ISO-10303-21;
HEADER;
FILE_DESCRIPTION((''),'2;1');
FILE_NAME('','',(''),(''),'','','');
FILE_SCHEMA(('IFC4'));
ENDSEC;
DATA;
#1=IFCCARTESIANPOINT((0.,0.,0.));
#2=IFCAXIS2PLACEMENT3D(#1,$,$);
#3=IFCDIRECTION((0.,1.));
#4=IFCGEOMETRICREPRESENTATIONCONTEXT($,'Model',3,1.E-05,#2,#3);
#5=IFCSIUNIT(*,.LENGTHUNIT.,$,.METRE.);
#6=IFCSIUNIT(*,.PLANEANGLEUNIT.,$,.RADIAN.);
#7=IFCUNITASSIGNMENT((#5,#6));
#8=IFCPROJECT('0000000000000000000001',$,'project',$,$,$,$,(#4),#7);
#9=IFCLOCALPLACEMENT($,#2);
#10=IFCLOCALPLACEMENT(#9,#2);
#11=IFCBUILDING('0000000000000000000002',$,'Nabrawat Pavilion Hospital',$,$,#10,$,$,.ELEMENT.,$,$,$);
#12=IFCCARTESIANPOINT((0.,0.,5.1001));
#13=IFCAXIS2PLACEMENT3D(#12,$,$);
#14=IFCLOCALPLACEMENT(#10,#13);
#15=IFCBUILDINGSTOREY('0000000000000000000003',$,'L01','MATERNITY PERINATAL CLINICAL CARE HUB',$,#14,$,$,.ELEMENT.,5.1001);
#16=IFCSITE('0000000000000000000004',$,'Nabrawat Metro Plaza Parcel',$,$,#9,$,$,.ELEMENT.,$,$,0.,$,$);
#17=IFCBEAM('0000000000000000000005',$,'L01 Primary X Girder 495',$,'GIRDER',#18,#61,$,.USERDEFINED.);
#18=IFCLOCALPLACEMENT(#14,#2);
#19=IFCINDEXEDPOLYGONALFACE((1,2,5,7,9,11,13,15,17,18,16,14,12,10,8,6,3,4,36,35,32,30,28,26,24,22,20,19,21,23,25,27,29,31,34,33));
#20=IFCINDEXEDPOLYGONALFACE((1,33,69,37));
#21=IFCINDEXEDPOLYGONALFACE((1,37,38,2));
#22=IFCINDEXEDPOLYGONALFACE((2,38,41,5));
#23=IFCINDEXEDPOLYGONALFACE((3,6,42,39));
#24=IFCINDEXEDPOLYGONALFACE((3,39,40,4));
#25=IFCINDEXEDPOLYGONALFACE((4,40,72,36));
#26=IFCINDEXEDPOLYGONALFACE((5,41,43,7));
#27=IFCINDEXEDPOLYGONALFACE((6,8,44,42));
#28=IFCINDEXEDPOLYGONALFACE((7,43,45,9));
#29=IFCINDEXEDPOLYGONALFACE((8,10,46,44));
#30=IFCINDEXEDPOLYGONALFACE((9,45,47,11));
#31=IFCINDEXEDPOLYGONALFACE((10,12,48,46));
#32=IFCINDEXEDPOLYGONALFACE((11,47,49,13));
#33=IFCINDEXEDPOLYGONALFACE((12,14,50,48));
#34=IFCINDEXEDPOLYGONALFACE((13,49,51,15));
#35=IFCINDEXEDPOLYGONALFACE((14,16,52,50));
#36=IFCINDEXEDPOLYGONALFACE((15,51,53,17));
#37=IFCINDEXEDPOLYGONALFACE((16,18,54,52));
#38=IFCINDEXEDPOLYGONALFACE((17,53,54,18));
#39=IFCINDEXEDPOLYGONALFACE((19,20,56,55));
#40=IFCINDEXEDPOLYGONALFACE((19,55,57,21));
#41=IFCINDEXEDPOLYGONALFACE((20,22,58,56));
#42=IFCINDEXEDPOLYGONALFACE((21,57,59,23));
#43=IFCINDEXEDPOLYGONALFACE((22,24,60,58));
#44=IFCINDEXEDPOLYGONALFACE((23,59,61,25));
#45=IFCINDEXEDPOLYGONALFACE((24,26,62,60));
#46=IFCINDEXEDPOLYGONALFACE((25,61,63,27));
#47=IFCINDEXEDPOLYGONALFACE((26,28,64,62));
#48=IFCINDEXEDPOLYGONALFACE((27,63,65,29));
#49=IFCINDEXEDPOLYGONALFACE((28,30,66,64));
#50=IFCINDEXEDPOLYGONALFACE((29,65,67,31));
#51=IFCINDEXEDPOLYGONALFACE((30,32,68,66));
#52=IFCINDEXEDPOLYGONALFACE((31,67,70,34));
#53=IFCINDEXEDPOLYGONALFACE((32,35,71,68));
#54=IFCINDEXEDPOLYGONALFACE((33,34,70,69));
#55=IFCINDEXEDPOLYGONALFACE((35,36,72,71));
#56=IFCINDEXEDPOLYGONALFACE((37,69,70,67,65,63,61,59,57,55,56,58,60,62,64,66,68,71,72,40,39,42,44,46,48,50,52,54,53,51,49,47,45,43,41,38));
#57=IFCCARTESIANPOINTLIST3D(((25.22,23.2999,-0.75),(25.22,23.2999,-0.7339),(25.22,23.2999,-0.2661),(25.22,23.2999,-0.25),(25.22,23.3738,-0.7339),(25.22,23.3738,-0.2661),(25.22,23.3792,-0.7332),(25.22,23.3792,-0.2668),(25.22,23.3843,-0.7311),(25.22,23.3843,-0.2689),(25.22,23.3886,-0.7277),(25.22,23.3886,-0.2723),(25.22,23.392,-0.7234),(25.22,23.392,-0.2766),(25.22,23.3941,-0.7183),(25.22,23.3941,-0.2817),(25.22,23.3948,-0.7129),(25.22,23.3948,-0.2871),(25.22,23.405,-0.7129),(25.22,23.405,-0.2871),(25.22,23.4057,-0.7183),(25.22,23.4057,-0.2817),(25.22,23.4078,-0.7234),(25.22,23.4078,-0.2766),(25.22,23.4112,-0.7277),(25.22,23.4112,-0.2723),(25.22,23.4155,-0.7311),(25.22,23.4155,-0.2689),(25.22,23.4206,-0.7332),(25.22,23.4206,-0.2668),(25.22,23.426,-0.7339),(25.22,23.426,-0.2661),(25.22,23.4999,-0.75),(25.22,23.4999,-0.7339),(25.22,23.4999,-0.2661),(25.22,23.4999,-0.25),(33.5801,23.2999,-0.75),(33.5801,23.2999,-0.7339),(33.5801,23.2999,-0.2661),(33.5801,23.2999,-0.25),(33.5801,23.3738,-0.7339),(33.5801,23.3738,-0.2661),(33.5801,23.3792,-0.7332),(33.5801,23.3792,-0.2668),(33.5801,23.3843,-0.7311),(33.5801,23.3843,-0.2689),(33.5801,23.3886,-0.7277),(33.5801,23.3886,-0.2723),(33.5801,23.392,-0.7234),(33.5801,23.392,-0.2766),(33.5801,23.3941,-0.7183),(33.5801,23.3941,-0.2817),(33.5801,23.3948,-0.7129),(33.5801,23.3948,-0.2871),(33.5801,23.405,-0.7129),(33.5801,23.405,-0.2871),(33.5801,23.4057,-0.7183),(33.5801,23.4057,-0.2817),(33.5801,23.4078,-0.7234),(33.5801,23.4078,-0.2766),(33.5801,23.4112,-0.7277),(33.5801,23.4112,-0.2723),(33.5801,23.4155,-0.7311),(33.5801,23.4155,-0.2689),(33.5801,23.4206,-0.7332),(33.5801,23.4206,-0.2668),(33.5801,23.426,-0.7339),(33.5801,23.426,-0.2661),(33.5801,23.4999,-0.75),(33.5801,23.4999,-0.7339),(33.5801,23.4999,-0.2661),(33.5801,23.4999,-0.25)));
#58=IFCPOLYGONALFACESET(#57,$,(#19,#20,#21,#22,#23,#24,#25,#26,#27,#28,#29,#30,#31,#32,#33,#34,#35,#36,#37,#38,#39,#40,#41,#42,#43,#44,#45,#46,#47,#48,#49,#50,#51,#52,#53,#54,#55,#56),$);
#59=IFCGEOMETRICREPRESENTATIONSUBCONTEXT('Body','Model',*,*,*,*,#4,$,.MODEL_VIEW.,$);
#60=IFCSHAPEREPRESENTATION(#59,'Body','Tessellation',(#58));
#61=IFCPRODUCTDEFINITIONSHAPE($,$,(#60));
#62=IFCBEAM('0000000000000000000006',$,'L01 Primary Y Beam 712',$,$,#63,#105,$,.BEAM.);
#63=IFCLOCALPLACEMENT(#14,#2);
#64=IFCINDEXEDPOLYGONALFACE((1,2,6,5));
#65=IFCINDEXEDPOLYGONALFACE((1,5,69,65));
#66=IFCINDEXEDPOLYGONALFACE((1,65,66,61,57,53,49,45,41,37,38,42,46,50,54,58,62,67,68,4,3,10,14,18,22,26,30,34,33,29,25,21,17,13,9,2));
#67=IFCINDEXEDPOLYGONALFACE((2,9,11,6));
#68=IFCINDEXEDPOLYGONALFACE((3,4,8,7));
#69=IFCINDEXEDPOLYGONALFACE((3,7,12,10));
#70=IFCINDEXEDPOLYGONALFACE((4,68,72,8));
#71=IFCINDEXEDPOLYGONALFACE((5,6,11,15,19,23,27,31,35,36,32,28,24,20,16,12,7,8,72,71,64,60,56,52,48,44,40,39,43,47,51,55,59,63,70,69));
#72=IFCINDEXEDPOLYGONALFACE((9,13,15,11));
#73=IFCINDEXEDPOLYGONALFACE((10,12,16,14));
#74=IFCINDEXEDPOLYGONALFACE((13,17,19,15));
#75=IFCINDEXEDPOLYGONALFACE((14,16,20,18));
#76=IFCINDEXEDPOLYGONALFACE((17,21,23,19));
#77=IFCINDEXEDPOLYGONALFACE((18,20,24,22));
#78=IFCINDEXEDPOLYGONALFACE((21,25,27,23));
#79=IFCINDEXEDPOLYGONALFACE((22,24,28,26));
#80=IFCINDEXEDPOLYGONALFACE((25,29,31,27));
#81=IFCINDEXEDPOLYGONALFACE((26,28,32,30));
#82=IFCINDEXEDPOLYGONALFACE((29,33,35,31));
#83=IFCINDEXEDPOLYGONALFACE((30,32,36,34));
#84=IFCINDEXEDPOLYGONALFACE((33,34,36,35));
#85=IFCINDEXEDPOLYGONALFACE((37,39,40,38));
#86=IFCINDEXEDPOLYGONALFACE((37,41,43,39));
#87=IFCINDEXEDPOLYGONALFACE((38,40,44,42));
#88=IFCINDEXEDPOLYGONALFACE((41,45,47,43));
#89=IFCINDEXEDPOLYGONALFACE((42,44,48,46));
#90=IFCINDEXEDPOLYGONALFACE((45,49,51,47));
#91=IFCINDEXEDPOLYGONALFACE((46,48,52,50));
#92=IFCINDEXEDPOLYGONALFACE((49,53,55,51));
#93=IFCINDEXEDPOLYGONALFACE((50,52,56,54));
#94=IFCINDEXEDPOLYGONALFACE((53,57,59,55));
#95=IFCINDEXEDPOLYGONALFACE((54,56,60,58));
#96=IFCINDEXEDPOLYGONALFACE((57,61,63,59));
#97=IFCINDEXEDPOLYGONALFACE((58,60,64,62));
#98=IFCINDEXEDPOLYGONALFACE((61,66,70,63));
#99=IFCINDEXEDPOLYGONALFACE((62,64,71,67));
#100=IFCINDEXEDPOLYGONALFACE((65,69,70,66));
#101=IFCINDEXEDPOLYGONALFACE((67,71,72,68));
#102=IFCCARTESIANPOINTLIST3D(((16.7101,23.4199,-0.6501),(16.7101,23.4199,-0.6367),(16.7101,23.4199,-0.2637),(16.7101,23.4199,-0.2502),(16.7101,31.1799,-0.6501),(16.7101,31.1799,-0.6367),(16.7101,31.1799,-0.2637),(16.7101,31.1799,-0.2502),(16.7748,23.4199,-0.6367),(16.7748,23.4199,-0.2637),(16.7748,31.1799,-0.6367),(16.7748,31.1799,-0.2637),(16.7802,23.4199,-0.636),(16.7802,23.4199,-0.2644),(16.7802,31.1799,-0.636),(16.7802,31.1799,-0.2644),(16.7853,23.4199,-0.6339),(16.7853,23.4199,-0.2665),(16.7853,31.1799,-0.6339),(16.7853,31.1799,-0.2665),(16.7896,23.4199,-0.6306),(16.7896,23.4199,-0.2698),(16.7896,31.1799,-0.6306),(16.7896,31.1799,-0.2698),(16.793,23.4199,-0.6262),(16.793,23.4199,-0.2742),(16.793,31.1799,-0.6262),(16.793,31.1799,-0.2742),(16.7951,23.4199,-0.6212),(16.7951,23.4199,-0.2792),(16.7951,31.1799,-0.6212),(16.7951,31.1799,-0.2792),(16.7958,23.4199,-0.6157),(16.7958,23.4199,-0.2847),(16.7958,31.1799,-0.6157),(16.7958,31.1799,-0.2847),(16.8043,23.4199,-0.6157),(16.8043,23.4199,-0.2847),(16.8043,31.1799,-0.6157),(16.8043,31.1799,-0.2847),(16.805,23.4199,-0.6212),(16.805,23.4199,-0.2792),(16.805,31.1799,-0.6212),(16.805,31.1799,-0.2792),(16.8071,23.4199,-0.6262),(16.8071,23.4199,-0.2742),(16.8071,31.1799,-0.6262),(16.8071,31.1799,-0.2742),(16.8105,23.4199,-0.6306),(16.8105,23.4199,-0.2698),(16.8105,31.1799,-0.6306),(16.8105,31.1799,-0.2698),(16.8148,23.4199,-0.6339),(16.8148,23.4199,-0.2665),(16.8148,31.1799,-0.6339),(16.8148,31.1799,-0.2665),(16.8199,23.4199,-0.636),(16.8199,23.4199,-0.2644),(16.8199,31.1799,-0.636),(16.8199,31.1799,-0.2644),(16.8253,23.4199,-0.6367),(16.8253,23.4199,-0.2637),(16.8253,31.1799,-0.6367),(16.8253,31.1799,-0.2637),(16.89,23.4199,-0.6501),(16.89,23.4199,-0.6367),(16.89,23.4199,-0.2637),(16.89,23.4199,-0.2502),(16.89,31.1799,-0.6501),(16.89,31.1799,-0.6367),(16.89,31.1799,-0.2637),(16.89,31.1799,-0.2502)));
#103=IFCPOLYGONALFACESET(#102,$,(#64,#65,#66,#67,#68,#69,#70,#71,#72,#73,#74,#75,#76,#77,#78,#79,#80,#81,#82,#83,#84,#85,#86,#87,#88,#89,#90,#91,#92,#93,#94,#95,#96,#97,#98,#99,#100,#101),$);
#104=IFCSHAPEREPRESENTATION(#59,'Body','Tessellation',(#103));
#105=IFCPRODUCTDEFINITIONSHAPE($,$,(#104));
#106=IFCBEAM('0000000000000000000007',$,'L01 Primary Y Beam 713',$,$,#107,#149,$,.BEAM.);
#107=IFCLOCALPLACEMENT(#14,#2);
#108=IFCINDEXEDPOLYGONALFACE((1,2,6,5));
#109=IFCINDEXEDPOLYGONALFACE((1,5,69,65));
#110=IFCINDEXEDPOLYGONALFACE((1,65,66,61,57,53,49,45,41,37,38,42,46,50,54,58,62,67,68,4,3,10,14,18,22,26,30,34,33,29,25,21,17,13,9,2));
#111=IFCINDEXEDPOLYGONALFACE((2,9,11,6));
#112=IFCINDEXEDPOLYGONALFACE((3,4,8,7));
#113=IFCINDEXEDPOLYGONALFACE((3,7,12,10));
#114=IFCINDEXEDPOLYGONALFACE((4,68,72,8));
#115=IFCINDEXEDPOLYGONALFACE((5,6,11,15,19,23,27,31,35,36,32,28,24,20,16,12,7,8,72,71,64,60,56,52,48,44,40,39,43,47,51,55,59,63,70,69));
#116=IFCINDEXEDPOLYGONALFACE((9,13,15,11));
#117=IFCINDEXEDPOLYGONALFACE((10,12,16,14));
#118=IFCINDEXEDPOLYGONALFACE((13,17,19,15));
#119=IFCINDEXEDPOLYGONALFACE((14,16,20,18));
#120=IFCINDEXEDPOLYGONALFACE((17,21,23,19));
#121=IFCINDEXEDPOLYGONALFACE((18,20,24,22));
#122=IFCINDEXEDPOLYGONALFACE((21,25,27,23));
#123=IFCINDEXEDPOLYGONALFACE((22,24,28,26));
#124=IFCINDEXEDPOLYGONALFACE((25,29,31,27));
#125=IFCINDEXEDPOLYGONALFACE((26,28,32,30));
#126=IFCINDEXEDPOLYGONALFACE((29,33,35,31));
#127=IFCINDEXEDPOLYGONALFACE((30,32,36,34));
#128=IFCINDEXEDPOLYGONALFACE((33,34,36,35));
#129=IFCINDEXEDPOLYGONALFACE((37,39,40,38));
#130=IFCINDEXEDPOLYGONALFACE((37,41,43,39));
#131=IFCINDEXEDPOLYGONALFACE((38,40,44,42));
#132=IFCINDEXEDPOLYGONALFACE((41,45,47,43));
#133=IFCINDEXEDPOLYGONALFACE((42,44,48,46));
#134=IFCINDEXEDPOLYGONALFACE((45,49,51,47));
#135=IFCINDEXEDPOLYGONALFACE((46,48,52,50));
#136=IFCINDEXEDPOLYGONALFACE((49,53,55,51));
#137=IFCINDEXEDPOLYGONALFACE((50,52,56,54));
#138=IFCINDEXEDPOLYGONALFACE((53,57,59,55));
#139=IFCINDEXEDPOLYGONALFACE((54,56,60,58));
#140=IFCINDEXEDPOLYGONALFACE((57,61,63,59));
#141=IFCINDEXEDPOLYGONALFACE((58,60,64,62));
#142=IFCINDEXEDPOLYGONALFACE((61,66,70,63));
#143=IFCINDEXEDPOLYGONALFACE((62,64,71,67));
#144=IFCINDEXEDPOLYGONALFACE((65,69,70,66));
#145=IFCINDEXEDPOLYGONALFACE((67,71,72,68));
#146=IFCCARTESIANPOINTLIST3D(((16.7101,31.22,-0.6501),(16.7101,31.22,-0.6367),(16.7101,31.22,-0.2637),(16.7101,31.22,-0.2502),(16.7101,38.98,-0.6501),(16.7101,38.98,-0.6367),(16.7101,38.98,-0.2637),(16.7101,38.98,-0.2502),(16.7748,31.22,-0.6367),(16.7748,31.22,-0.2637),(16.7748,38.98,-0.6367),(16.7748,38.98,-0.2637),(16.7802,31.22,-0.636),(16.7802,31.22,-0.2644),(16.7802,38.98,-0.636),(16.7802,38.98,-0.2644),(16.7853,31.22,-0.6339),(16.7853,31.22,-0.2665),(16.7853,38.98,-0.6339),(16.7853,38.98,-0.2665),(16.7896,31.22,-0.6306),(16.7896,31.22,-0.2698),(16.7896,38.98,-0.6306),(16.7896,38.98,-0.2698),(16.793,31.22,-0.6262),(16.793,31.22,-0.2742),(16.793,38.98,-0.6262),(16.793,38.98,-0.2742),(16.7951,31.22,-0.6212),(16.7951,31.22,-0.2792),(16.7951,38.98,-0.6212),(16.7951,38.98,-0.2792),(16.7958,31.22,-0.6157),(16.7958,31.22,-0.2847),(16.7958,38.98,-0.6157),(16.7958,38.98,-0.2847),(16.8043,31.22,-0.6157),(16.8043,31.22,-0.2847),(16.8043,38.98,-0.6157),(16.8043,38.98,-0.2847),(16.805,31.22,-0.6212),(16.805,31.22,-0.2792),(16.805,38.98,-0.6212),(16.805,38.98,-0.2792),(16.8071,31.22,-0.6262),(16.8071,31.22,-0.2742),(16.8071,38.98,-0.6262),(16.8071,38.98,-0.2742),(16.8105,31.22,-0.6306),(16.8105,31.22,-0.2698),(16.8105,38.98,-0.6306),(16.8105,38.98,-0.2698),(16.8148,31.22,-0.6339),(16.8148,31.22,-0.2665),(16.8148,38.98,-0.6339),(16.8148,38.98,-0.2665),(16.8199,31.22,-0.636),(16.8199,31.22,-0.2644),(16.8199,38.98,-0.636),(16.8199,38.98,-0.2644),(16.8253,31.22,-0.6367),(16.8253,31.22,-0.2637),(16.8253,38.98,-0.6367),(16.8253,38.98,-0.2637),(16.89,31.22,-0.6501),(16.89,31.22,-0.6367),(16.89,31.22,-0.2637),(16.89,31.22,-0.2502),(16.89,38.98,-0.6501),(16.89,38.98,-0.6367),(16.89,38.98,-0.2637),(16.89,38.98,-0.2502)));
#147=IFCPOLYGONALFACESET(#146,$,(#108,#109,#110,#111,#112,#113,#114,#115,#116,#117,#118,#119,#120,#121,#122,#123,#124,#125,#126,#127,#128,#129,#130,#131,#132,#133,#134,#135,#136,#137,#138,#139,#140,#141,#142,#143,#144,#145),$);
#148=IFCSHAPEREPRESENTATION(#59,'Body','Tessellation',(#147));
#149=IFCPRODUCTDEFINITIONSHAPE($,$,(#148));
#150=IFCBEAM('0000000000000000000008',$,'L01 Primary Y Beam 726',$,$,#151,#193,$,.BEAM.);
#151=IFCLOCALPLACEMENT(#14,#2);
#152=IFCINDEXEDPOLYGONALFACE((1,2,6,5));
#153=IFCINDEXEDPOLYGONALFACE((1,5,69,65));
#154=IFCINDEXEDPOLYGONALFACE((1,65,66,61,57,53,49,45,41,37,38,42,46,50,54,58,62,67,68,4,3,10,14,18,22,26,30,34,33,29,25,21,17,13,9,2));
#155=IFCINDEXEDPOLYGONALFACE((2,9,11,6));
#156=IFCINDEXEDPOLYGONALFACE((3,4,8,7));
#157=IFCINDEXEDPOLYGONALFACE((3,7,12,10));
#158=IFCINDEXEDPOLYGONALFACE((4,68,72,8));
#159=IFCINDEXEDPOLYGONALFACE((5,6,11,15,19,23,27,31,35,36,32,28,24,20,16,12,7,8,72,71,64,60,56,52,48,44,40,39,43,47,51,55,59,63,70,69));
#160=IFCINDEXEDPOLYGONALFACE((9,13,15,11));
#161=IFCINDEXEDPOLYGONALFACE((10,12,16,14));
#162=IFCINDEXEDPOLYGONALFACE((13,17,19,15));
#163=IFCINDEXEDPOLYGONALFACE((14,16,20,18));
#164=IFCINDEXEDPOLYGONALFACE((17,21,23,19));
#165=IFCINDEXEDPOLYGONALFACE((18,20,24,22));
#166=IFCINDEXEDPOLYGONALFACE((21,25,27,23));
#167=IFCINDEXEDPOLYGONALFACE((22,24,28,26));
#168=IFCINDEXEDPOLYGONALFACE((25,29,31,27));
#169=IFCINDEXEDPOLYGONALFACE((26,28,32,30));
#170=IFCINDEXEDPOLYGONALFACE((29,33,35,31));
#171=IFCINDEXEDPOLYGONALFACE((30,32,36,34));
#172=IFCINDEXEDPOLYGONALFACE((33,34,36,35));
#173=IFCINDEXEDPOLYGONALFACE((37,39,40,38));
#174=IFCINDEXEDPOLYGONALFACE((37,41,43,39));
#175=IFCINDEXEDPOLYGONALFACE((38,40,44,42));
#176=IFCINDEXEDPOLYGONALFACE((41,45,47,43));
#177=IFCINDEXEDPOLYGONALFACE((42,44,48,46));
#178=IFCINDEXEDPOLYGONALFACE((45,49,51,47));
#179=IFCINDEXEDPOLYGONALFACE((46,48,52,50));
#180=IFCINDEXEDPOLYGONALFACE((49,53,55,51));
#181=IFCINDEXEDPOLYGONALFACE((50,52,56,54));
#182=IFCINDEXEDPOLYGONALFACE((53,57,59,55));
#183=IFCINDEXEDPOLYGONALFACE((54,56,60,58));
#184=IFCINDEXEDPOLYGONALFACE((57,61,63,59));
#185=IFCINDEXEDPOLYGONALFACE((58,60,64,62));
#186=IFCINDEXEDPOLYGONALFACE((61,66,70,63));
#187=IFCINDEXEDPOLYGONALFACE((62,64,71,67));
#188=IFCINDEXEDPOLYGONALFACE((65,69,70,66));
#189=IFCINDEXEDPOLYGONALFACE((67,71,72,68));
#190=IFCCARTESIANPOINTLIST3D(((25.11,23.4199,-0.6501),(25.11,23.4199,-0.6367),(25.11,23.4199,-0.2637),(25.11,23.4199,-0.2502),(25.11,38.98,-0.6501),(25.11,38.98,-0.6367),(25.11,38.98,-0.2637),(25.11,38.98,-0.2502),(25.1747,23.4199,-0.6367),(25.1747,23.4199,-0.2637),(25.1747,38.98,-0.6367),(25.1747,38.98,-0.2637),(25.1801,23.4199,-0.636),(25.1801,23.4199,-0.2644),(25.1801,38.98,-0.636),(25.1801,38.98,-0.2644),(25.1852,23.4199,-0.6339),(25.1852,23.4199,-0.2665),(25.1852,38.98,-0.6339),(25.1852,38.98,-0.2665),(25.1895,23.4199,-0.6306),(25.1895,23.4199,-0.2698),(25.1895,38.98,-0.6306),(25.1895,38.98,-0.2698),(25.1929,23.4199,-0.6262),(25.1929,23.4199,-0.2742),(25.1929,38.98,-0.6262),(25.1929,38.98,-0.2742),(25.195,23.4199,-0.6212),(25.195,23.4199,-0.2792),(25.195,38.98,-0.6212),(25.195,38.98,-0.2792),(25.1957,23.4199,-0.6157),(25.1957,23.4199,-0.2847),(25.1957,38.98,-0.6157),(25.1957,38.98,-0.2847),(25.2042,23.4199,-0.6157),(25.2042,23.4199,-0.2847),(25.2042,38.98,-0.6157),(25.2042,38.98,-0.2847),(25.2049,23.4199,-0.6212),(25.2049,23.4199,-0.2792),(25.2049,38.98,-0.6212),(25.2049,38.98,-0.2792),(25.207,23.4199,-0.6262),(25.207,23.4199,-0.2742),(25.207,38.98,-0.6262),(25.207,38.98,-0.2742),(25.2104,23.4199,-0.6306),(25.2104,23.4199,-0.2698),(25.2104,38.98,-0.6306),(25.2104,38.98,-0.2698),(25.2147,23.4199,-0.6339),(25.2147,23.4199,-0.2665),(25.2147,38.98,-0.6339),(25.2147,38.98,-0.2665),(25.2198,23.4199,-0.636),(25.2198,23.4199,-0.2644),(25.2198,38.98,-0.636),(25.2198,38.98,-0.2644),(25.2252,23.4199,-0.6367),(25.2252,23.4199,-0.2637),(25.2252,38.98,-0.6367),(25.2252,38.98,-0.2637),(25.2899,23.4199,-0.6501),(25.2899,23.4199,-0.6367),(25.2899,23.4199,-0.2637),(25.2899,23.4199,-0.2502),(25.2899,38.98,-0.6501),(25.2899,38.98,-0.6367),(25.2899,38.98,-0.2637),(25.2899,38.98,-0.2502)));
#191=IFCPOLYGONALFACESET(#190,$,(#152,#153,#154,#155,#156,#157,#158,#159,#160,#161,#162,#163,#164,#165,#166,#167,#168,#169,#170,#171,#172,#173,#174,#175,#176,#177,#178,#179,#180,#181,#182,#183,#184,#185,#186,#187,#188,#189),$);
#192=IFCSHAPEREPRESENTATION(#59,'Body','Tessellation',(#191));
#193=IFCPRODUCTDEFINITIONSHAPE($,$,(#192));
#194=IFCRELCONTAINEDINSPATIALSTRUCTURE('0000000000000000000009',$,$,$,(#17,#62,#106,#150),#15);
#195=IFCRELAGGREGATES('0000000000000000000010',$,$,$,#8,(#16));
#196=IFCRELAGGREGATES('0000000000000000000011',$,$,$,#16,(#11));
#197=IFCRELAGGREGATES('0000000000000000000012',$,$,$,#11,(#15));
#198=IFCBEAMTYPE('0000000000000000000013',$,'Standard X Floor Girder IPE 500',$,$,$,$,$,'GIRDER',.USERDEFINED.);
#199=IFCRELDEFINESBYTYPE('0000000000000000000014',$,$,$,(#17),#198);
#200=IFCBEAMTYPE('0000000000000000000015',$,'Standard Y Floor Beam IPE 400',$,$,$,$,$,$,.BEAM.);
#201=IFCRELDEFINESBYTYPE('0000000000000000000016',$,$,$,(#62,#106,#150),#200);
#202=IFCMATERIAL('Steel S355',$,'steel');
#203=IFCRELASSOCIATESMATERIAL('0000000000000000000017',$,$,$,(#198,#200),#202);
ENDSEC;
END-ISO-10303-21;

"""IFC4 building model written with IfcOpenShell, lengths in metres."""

from ifc_helpers import new_model, si_unit, direction, frame, origin, origin_2d, place, context, subcontext, project, spatial, i_section, extrude, material, material_profile, profile_set, type_object, element, save


model = new_model("IFC4")

# Units and contexts
model_context = context("Model", 3, precision=1e-05, world=origin(), true_north=direction((0.0, 1.0)))
body_context = subcontext(model_context, "Body", "Model", "MODEL_VIEW")
ifc_project = project(units=[si_unit("LENGTHUNIT", "METRE"), si_unit("PLANEANGLEUNIT", "RADIAN")], contexts=[model_context])

# Site, building, storey
site_placement = place(None, origin())
site = spatial("IfcSite", under=ifc_project, at=site_placement, Name="Nabrawat Metro Plaza Parcel", CompositionType="ELEMENT", RefElevation=0.0)
building_placement = place(site_placement, origin())
building = spatial("IfcBuilding", under=site, at=building_placement, Name="Nabrawat Pavilion Hospital", CompositionType="ELEMENT")
storey_placement = place(building_placement, frame((0.0, 0.0, 5.1001)))
storey = spatial("IfcBuildingStorey", under=building, at=storey_placement, Name="L01", Description="MATERNITY PERINATAL CLINICAL CARE HUB", CompositionType="ELEMENT", Elevation=5.1001)

# Shared definitions
ifc_material_1 = material(Name="Steel S355", Category="steel")

# Beams
ifc_material_profile_1 = material_profile(ifc_material_1, i_section(OverallWidth=0.2, OverallDepth=0.5, WebThickness=0.0103, FlangeThickness=0.0161, FilletRadius=0.021, at=origin_2d()), Name="IPE 500")
ifc_profile_set_1 = profile_set([ifc_material_profile_1], Name="Steel S355")
beam_type_1 = type_object("IfcBeamType", Name="Standard X Floor Girder IPE 500", ElementType="GIRDER", PredefinedType="USERDEFINED", material=ifc_profile_set_1)
beam_1_placement = place(storey_placement, frame((25.22, 23.3999, -0.5), z_axis=(1.0, 0.0, 0.0), x_axis=(0.0, 1.0, 0.0)))
element("IfcBeam", 1, at=beam_1_placement, inside=storey, type_object=beam_type_1, Name="L01 Primary X Girder 495", ObjectType="GIRDER", PredefinedType="USERDEFINED", context=body_context, shape_type="SweptSolid", body=[
    extrude(i_section(OverallWidth=0.2, OverallDepth=0.5, WebThickness=0.0103, FlangeThickness=0.0161, FilletRadius=0.021, at=origin_2d()), origin(), (0.0, 0.0, 1.0), 8.3601),
])
ifc_material_profile_2 = material_profile(ifc_material_1, i_section(OverallWidth=0.1799, OverallDepth=0.3999, WebThickness=0.0085, FlangeThickness=0.0134, FilletRadius=0.021, at=origin_2d()), Name="IPE 400")
ifc_profile_set_2 = profile_set([ifc_material_profile_2], Name="Steel S355")
beam_type_2 = type_object("IfcBeamType", Name="Standard Y Floor Beam IPE 400", PredefinedType="BEAM", material=ifc_profile_set_2)
for number, where, z_axis, x_axis, name in (
    (2, (16.8, 23.4199, -0.4502), (0.0, 1.0, 0.0), (-1.0, 0.0, 0.0), "L01 Primary Y Beam 712"),
    (3, (16.8, 31.22, -0.4502), (0.0, 1.0, 0.0), (-1.0, 0.0, 0.0), "L01 Primary Y Beam 713"),
):
    element("IfcBeam", number, at=place(storey_placement, frame(where, z_axis=z_axis, x_axis=x_axis)), inside=storey, type_object=beam_type_2, Name=name, PredefinedType="BEAM", context=body_context, shape_type="SweptSolid", body=[
        extrude(i_section(OverallWidth=0.1799, OverallDepth=0.3999, WebThickness=0.0085, FlangeThickness=0.0134, FilletRadius=0.021, at=origin_2d()), origin(), (0.0, 0.0, 1.0), 7.76),
    ])
beam_2_placement = place(storey_placement, frame((25.2, 23.4199, -0.4502), z_axis=(0.0, 1.0, 0.0), x_axis=(-1.0, 0.0, 0.0)))
element("IfcBeam", 4, at=beam_2_placement, inside=storey, type_object=beam_type_2, Name="L01 Primary Y Beam 726", PredefinedType="BEAM", context=body_context, shape_type="SweptSolid", body=[
    extrude(i_section(OverallWidth=0.1799, OverallDepth=0.3999, WebThickness=0.0085, FlangeThickness=0.0134, FilletRadius=0.021, at=origin_2d()), origin(), (0.0, 0.0, 1.0), 15.5601),
])

save(model, "model.ifc")
